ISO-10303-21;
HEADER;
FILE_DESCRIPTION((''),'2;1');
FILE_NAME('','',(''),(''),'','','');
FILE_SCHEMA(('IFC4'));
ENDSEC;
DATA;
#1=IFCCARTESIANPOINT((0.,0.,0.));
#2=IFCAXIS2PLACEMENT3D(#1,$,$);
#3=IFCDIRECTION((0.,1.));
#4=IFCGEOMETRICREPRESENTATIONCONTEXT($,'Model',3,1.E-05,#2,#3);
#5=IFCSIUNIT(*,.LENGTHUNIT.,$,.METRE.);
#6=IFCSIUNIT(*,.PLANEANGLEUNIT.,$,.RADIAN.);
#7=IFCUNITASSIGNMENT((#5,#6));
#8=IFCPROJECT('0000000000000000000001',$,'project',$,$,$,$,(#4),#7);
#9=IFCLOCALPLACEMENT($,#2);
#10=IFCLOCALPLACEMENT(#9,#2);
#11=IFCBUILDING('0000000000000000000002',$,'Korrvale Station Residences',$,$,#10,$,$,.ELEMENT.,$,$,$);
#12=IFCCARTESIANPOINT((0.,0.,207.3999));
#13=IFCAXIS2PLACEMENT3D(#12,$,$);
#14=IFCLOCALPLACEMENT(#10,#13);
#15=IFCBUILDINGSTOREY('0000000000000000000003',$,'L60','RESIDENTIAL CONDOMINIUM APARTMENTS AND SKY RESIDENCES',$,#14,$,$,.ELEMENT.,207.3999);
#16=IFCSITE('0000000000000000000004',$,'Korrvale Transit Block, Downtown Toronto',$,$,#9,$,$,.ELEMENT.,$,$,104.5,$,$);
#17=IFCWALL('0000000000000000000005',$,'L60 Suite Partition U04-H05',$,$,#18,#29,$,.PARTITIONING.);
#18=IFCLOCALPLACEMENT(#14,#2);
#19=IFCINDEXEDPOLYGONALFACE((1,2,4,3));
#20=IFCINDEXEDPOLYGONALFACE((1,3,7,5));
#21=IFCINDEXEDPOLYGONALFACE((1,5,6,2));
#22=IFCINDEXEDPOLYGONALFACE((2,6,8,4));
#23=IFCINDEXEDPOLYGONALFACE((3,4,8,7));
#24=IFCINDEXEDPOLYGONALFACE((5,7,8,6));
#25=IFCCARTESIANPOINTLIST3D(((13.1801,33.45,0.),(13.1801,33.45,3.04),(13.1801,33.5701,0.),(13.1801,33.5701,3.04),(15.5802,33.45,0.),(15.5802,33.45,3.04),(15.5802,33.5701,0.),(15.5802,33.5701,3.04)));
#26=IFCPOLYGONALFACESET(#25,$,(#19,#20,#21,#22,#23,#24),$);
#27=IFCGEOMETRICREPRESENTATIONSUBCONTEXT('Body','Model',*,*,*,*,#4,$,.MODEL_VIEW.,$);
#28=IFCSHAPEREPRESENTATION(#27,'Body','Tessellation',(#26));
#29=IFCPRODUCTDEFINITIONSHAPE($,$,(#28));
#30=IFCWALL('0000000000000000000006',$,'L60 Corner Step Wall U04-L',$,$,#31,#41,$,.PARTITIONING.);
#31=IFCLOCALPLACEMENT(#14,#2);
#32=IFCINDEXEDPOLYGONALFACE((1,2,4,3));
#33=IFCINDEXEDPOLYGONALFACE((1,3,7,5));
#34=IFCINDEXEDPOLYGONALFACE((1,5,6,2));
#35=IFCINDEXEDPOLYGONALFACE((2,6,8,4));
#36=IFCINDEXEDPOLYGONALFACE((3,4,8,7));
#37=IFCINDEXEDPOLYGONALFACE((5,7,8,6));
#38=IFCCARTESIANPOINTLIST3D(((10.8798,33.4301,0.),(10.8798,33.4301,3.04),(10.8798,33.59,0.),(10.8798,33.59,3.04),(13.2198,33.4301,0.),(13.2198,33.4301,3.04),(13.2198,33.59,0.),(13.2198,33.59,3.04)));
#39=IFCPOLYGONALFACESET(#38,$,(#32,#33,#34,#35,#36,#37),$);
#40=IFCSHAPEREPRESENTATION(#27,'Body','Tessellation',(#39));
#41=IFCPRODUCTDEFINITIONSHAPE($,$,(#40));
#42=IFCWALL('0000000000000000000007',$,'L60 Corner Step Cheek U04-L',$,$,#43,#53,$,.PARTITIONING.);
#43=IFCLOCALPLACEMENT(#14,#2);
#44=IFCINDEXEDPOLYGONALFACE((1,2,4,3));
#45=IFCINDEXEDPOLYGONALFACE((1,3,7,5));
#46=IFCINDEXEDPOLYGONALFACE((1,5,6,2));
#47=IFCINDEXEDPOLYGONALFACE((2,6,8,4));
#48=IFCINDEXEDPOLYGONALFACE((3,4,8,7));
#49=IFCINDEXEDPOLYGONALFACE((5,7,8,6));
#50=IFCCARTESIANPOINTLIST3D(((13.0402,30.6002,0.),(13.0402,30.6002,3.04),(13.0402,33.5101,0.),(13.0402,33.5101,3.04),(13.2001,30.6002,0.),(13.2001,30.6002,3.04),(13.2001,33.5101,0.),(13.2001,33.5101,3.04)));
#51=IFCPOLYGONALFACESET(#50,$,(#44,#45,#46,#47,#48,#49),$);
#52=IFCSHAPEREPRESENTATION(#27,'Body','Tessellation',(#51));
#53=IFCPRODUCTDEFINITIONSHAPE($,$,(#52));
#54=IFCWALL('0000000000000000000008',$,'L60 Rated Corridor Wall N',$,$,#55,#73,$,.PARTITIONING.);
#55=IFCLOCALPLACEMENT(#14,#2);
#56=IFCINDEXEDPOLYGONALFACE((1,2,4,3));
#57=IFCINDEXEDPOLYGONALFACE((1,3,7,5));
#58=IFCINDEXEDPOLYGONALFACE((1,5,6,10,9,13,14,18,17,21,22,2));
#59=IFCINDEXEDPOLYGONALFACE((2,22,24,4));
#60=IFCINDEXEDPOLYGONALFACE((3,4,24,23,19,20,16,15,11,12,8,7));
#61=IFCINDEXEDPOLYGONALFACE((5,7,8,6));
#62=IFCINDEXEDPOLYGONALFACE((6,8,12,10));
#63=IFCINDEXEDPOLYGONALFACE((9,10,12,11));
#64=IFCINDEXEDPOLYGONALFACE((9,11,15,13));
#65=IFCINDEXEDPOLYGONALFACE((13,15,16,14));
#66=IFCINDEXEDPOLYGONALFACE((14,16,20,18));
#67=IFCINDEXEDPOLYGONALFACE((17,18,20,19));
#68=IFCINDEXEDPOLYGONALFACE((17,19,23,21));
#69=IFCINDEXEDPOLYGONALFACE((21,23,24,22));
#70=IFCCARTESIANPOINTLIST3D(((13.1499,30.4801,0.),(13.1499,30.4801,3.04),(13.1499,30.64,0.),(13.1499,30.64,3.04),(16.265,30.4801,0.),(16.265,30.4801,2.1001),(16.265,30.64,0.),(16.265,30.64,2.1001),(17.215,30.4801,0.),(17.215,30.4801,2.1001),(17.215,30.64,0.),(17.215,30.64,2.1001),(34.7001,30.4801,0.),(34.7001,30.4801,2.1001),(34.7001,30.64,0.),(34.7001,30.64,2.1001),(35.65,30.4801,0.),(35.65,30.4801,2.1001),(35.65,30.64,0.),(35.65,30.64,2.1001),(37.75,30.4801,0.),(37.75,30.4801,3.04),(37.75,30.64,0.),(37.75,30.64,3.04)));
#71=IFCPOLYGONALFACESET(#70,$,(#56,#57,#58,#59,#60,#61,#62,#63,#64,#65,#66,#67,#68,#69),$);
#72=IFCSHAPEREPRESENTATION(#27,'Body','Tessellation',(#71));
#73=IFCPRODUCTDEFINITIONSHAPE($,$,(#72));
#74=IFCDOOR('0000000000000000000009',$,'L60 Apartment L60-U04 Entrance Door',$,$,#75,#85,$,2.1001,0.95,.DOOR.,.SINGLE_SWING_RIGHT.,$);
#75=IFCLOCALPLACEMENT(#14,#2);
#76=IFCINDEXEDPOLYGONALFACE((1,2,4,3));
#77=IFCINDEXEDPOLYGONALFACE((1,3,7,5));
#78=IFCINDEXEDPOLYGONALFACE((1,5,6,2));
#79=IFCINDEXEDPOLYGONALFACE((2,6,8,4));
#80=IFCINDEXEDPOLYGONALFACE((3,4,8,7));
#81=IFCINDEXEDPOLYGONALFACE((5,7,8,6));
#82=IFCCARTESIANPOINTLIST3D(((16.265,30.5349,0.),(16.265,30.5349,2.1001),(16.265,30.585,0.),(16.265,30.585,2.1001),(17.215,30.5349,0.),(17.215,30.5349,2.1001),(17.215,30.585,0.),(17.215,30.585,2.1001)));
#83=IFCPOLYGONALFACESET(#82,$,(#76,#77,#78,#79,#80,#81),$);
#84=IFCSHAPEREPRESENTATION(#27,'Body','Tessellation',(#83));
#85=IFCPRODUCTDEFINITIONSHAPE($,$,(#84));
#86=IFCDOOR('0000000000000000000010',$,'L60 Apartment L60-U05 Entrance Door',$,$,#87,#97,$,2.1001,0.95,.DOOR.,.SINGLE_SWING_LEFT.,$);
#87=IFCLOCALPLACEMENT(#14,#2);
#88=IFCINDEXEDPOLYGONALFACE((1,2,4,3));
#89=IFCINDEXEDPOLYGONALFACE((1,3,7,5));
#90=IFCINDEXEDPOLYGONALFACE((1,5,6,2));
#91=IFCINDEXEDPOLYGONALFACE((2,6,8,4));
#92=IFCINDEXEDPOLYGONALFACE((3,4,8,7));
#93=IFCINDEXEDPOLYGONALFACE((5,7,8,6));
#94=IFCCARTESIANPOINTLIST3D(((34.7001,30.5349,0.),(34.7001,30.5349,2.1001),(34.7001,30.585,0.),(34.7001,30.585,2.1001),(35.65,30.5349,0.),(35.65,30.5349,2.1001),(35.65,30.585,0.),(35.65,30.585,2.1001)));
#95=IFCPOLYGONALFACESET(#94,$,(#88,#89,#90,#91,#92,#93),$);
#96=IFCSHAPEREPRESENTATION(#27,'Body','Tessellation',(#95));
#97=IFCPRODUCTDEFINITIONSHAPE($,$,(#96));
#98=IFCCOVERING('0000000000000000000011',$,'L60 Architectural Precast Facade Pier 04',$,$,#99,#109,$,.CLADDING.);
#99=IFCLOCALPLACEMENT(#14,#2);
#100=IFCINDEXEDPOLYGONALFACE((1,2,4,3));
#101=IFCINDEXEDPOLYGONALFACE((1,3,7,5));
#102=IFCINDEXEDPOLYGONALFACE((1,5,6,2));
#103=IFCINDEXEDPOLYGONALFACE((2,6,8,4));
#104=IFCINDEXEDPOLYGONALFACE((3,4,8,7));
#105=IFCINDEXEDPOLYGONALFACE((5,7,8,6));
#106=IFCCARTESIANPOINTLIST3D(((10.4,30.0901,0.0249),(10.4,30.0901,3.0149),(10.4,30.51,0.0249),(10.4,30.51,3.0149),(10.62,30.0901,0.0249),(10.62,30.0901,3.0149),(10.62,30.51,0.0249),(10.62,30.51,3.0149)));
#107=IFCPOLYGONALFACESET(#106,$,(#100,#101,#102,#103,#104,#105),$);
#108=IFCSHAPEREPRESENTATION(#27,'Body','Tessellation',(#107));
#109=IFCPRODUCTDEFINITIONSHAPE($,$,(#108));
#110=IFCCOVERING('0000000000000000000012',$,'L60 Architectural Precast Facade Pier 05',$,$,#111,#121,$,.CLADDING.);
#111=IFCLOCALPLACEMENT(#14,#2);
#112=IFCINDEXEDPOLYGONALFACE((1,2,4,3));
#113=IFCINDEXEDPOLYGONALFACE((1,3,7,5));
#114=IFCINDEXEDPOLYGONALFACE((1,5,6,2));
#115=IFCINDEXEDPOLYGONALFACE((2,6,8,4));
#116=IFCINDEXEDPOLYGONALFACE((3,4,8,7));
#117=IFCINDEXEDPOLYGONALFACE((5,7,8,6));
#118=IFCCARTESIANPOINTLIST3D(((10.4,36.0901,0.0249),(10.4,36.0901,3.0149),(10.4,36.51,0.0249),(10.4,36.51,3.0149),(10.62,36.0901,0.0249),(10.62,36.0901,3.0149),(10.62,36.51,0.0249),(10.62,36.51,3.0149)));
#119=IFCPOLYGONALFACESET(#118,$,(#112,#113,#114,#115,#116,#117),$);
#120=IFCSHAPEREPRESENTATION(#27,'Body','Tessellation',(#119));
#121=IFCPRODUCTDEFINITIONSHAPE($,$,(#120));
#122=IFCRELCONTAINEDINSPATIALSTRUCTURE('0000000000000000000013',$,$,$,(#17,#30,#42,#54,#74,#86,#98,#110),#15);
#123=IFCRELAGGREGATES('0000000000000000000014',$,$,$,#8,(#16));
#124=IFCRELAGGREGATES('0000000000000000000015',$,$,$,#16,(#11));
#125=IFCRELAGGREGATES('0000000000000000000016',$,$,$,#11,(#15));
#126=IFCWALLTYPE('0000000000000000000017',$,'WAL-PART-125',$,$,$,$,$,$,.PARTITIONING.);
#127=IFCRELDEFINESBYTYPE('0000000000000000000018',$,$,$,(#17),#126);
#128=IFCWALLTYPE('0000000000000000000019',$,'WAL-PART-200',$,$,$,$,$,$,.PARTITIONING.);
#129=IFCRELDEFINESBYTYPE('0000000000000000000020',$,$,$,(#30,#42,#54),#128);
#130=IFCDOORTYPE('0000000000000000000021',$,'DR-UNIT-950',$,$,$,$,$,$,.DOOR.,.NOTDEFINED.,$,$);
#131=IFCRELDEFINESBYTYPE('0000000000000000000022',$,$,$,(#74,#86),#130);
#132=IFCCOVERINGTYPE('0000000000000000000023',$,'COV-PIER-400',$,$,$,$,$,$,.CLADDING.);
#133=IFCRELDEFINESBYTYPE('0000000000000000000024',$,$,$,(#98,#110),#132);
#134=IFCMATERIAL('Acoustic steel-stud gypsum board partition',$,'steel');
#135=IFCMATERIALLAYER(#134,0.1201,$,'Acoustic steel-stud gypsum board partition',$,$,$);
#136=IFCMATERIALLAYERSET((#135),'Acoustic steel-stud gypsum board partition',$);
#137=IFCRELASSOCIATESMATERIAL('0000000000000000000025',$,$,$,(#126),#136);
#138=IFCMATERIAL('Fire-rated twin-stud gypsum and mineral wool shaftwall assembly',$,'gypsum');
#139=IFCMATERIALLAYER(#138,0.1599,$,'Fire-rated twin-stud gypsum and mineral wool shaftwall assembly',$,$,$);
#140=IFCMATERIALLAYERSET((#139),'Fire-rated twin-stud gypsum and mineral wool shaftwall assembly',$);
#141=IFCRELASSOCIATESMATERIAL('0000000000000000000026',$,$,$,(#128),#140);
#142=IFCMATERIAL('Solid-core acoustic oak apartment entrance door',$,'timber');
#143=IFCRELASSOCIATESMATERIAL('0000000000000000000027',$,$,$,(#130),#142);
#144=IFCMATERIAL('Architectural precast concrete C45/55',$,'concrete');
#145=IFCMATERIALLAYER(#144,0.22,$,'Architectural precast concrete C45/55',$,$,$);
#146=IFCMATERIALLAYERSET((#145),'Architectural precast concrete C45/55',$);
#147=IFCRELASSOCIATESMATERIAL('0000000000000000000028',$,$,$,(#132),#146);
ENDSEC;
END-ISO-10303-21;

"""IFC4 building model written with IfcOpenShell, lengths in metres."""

from ifc_helpers import new_model, si_unit, direction, frame, frame_2d, origin, origin_2d, place, context, subcontext, project, spatial, rectangle, extrude, material, layer, layer_set, type_object, element, fill, save


model = new_model("IFC4")

# Units and contexts
model_context = context("Model", 3, precision=1e-05, world=origin(), true_north=direction((0.0, 1.0)))
body_context = subcontext(model_context, "Body", "Model", "MODEL_VIEW")
ifc_project = project(units=[si_unit("LENGTHUNIT", "METRE"), si_unit("PLANEANGLEUNIT", "RADIAN")], contexts=[model_context])

# Site, building, storey
site_placement = place(None, origin())
site = spatial("IfcSite", under=ifc_project, at=site_placement, Name="Korrvale Transit Block, Downtown Toronto", CompositionType="ELEMENT", RefElevation=104.5)
building_placement = place(site_placement, origin())
building = spatial("IfcBuilding", under=site, at=building_placement, Name="Korrvale Station Residences", CompositionType="ELEMENT")
storey_placement = place(building_placement, frame((0.0, 0.0, 207.3999)))
storey = spatial("IfcBuildingStorey", under=building, at=storey_placement, Name="L60", Description="RESIDENTIAL CONDOMINIUM APARTMENTS AND SKY RESIDENCES", CompositionType="ELEMENT", Elevation=207.3999)

# Walls
ifc_material_1 = material(Name="Acoustic steel-stud gypsum board partition", Category="steel")
ifc_layer_1 = layer(ifc_material_1, 0.1201, Name="Acoustic steel-stud gypsum board partition")
ifc_layer_set_1 = layer_set([ifc_layer_1], Name="Acoustic steel-stud gypsum board partition")
wall_type_1 = type_object("IfcWallType", Name="WAL-PART-125", PredefinedType="PARTITIONING", material=ifc_layer_set_1)
wall_1_placement = place(storey_placement, frame((13.1799, 33.51, 0.0), z_axis=(0.0, 0.0, 1.0), x_axis=(1.0, 0.0, 0.0)))
element("IfcWall", 1, at=wall_1_placement, inside=storey, type_object=wall_type_1, Name="L60 Suite Partition U04-H05", PredefinedType="PARTITIONING", context=body_context, shape_type="SweptSolid", body=[
    extrude(rectangle(XDim=2.4001, YDim=0.1201, at=frame_2d((1.2002, 0.0))), origin(), (0.0, 0.0, 1.0), 3.04),
])
ifc_material_2 = material(Name="Fire-rated twin-stud gypsum and mineral wool shaftwall assembly", Category="gypsum")
ifc_layer_2 = layer(ifc_material_2, 0.1599, Name="Fire-rated twin-stud gypsum and mineral wool shaftwall assembly")
ifc_layer_set_2 = layer_set([ifc_layer_2], Name="Fire-rated twin-stud gypsum and mineral wool shaftwall assembly")
wall_type_2 = type_object("IfcWallType", Name="WAL-PART-200", PredefinedType="PARTITIONING", material=ifc_layer_set_2)
wall_2_placement = place(storey_placement, frame((10.8799, 33.51, 0.0), z_axis=(0.0, 0.0, 1.0), x_axis=(1.0, 0.0, 0.0)))
element("IfcWall", 2, at=wall_2_placement, inside=storey, type_object=wall_type_2, Name="L60 Corner Step Wall U04-L", PredefinedType="PARTITIONING", context=body_context, shape_type="SweptSolid", body=[
    extrude(rectangle(XDim=2.3401, YDim=0.1599, at=frame_2d((1.1699, 0.0))), origin(), (0.0, 0.0, 1.0), 3.04),
])
wall_3_placement = place(storey_placement, frame((13.1201, 30.6001, 0.0), z_axis=(0.0, 0.0, 1.0), x_axis=(0.0, 1.0, 0.0)))
element("IfcWall", 3, at=wall_3_placement, inside=storey, type_object=wall_type_2, Name="L60 Corner Step Cheek U04-L", PredefinedType="PARTITIONING", context=body_context, shape_type="SweptSolid", body=[
    extrude(rectangle(XDim=2.9099, YDim=0.1599, at=frame_2d((1.4551, 0.0))), origin(), (0.0, 0.0, 1.0), 3.04),
])

# Wall, openings, doors
wall_4_placement = place(storey_placement, frame((13.1499, 30.5601, 0.0), z_axis=(0.0, 0.0, 1.0), x_axis=(1.0, 0.0, 0.0)))
wall_4 = element("IfcWall", 4, at=wall_4_placement, inside=storey, type_object=wall_type_2, Name="L60 Rated Corridor Wall N", PredefinedType="PARTITIONING", context=body_context, shape_type="SweptSolid", body=[
    extrude(rectangle(XDim=24.6001, YDim=0.1599, at=frame_2d((12.3, 0.0))), origin(), (0.0, 0.0, 1.0), 3.04),
])
opening_1_placement = place(wall_4_placement, frame((3.115, 0.0, 0.0)))
opening_1 = element("IfcOpeningElement", 5, at=opening_1_placement, cuts=wall_4, PredefinedType="OPENING", context=body_context, shape_type="SweptSolid", body=[
    extrude(rectangle(XDim=0.95, YDim=2.1001, at=frame_2d((0.4751, 1.05))), frame((0.0, 0.0898, 0.0), z_axis=(0.0, -1.0, 0.0), x_axis=(1.0, 0.0, 0.0)), (0.0, 0.0, 1.0), 0.1799),
])
opening_2_placement = place(wall_4_placement, frame((21.55, 0.0, 0.0)))
opening_2 = element("IfcOpeningElement", 6, at=opening_2_placement, cuts=wall_4, PredefinedType="OPENING", context=body_context, shape_type="SweptSolid", body=[
    extrude(rectangle(XDim=0.95, YDim=2.1001, at=frame_2d((0.4751, 1.05))), frame((0.0, 0.0898, 0.0), z_axis=(0.0, -1.0, 0.0), x_axis=(1.0, 0.0, 0.0)), (0.0, 0.0, 1.0), 0.1799),
])
ifc_material_3 = material(Name="Solid-core acoustic oak apartment entrance door", Category="timber")
door_type = type_object("IfcDoorType", Name="DR-UNIT-950", OperationType="NOTDEFINED", PredefinedType="DOOR", material=ifc_material_3)
door_1_placement = place(opening_1_placement, origin())
door_1 = element("IfcDoor", 7, at=door_1_placement, inside=storey, type_object=door_type, Name="L60 Apartment L60-U04 Entrance Door", OperationType="SINGLE_SWING_RIGHT", OverallHeight=2.1001, OverallWidth=0.95, PredefinedType="DOOR", context=body_context, shape_type="SweptSolid", body=[
    extrude(rectangle(XDim=0.95, YDim=2.1001, at=frame_2d((0.4751, 1.05))), frame((0.0, 0.0249, 0.0), z_axis=(0.0, -1.0, 0.0), x_axis=(1.0, 0.0, 0.0)), (0.0, 0.0, 1.0), 0.05),
])
fill(opening_1, door_1)
door_2_placement = place(opening_2_placement, origin())
door_2 = element("IfcDoor", 8, at=door_2_placement, inside=storey, type_object=door_type, Name="L60 Apartment L60-U05 Entrance Door", OperationType="SINGLE_SWING_LEFT", OverallHeight=2.1001, OverallWidth=0.95, PredefinedType="DOOR", context=body_context, shape_type="SweptSolid", body=[
    extrude(rectangle(XDim=0.95, YDim=2.1001, at=frame_2d((0.4751, 1.05))), frame((0.0, 0.0249, 0.0), z_axis=(0.0, -1.0, 0.0), x_axis=(1.0, 0.0, 0.0)), (0.0, 0.0, 1.0), 0.05),
])
fill(opening_2, door_2)

# Coverings
ifc_material_4 = material(Name="Architectural precast concrete C45/55", Category="concrete")
ifc_layer_3 = layer(ifc_material_4, 0.22, Name="Architectural precast concrete C45/55")
ifc_layer_set_3 = layer_set([ifc_layer_3], Name="Architectural precast concrete C45/55")
covering_type = type_object("IfcCoveringType", Name="COV-PIER-400", PredefinedType="CLADDING", material=ifc_layer_set_3)
for number, where, z_axis, x_axis, name in (
    (9, (10.51, 30.3, 0.0249), (0.0, 0.0, 1.0), (0.0, 1.0, 0.0), "L60 Architectural Precast Facade Pier 04"),
    (10, (10.51, 36.3, 0.0249), (0.0, 0.0, 1.0), (0.0, 1.0, 0.0), "L60 Architectural Precast Facade Pier 05"),
):
    element("IfcCovering", number, at=place(storey_placement, frame(where, z_axis=z_axis, x_axis=x_axis)), inside=storey, type_object=covering_type, Name=name, PredefinedType="CLADDING", context=body_context, shape_type="SweptSolid", body=[
        extrude(rectangle(XDim=0.4199, YDim=0.22, at=origin_2d()), origin(), (0.0, 0.0, 1.0), 2.99),
    ])

save(model, "model.ifc")
